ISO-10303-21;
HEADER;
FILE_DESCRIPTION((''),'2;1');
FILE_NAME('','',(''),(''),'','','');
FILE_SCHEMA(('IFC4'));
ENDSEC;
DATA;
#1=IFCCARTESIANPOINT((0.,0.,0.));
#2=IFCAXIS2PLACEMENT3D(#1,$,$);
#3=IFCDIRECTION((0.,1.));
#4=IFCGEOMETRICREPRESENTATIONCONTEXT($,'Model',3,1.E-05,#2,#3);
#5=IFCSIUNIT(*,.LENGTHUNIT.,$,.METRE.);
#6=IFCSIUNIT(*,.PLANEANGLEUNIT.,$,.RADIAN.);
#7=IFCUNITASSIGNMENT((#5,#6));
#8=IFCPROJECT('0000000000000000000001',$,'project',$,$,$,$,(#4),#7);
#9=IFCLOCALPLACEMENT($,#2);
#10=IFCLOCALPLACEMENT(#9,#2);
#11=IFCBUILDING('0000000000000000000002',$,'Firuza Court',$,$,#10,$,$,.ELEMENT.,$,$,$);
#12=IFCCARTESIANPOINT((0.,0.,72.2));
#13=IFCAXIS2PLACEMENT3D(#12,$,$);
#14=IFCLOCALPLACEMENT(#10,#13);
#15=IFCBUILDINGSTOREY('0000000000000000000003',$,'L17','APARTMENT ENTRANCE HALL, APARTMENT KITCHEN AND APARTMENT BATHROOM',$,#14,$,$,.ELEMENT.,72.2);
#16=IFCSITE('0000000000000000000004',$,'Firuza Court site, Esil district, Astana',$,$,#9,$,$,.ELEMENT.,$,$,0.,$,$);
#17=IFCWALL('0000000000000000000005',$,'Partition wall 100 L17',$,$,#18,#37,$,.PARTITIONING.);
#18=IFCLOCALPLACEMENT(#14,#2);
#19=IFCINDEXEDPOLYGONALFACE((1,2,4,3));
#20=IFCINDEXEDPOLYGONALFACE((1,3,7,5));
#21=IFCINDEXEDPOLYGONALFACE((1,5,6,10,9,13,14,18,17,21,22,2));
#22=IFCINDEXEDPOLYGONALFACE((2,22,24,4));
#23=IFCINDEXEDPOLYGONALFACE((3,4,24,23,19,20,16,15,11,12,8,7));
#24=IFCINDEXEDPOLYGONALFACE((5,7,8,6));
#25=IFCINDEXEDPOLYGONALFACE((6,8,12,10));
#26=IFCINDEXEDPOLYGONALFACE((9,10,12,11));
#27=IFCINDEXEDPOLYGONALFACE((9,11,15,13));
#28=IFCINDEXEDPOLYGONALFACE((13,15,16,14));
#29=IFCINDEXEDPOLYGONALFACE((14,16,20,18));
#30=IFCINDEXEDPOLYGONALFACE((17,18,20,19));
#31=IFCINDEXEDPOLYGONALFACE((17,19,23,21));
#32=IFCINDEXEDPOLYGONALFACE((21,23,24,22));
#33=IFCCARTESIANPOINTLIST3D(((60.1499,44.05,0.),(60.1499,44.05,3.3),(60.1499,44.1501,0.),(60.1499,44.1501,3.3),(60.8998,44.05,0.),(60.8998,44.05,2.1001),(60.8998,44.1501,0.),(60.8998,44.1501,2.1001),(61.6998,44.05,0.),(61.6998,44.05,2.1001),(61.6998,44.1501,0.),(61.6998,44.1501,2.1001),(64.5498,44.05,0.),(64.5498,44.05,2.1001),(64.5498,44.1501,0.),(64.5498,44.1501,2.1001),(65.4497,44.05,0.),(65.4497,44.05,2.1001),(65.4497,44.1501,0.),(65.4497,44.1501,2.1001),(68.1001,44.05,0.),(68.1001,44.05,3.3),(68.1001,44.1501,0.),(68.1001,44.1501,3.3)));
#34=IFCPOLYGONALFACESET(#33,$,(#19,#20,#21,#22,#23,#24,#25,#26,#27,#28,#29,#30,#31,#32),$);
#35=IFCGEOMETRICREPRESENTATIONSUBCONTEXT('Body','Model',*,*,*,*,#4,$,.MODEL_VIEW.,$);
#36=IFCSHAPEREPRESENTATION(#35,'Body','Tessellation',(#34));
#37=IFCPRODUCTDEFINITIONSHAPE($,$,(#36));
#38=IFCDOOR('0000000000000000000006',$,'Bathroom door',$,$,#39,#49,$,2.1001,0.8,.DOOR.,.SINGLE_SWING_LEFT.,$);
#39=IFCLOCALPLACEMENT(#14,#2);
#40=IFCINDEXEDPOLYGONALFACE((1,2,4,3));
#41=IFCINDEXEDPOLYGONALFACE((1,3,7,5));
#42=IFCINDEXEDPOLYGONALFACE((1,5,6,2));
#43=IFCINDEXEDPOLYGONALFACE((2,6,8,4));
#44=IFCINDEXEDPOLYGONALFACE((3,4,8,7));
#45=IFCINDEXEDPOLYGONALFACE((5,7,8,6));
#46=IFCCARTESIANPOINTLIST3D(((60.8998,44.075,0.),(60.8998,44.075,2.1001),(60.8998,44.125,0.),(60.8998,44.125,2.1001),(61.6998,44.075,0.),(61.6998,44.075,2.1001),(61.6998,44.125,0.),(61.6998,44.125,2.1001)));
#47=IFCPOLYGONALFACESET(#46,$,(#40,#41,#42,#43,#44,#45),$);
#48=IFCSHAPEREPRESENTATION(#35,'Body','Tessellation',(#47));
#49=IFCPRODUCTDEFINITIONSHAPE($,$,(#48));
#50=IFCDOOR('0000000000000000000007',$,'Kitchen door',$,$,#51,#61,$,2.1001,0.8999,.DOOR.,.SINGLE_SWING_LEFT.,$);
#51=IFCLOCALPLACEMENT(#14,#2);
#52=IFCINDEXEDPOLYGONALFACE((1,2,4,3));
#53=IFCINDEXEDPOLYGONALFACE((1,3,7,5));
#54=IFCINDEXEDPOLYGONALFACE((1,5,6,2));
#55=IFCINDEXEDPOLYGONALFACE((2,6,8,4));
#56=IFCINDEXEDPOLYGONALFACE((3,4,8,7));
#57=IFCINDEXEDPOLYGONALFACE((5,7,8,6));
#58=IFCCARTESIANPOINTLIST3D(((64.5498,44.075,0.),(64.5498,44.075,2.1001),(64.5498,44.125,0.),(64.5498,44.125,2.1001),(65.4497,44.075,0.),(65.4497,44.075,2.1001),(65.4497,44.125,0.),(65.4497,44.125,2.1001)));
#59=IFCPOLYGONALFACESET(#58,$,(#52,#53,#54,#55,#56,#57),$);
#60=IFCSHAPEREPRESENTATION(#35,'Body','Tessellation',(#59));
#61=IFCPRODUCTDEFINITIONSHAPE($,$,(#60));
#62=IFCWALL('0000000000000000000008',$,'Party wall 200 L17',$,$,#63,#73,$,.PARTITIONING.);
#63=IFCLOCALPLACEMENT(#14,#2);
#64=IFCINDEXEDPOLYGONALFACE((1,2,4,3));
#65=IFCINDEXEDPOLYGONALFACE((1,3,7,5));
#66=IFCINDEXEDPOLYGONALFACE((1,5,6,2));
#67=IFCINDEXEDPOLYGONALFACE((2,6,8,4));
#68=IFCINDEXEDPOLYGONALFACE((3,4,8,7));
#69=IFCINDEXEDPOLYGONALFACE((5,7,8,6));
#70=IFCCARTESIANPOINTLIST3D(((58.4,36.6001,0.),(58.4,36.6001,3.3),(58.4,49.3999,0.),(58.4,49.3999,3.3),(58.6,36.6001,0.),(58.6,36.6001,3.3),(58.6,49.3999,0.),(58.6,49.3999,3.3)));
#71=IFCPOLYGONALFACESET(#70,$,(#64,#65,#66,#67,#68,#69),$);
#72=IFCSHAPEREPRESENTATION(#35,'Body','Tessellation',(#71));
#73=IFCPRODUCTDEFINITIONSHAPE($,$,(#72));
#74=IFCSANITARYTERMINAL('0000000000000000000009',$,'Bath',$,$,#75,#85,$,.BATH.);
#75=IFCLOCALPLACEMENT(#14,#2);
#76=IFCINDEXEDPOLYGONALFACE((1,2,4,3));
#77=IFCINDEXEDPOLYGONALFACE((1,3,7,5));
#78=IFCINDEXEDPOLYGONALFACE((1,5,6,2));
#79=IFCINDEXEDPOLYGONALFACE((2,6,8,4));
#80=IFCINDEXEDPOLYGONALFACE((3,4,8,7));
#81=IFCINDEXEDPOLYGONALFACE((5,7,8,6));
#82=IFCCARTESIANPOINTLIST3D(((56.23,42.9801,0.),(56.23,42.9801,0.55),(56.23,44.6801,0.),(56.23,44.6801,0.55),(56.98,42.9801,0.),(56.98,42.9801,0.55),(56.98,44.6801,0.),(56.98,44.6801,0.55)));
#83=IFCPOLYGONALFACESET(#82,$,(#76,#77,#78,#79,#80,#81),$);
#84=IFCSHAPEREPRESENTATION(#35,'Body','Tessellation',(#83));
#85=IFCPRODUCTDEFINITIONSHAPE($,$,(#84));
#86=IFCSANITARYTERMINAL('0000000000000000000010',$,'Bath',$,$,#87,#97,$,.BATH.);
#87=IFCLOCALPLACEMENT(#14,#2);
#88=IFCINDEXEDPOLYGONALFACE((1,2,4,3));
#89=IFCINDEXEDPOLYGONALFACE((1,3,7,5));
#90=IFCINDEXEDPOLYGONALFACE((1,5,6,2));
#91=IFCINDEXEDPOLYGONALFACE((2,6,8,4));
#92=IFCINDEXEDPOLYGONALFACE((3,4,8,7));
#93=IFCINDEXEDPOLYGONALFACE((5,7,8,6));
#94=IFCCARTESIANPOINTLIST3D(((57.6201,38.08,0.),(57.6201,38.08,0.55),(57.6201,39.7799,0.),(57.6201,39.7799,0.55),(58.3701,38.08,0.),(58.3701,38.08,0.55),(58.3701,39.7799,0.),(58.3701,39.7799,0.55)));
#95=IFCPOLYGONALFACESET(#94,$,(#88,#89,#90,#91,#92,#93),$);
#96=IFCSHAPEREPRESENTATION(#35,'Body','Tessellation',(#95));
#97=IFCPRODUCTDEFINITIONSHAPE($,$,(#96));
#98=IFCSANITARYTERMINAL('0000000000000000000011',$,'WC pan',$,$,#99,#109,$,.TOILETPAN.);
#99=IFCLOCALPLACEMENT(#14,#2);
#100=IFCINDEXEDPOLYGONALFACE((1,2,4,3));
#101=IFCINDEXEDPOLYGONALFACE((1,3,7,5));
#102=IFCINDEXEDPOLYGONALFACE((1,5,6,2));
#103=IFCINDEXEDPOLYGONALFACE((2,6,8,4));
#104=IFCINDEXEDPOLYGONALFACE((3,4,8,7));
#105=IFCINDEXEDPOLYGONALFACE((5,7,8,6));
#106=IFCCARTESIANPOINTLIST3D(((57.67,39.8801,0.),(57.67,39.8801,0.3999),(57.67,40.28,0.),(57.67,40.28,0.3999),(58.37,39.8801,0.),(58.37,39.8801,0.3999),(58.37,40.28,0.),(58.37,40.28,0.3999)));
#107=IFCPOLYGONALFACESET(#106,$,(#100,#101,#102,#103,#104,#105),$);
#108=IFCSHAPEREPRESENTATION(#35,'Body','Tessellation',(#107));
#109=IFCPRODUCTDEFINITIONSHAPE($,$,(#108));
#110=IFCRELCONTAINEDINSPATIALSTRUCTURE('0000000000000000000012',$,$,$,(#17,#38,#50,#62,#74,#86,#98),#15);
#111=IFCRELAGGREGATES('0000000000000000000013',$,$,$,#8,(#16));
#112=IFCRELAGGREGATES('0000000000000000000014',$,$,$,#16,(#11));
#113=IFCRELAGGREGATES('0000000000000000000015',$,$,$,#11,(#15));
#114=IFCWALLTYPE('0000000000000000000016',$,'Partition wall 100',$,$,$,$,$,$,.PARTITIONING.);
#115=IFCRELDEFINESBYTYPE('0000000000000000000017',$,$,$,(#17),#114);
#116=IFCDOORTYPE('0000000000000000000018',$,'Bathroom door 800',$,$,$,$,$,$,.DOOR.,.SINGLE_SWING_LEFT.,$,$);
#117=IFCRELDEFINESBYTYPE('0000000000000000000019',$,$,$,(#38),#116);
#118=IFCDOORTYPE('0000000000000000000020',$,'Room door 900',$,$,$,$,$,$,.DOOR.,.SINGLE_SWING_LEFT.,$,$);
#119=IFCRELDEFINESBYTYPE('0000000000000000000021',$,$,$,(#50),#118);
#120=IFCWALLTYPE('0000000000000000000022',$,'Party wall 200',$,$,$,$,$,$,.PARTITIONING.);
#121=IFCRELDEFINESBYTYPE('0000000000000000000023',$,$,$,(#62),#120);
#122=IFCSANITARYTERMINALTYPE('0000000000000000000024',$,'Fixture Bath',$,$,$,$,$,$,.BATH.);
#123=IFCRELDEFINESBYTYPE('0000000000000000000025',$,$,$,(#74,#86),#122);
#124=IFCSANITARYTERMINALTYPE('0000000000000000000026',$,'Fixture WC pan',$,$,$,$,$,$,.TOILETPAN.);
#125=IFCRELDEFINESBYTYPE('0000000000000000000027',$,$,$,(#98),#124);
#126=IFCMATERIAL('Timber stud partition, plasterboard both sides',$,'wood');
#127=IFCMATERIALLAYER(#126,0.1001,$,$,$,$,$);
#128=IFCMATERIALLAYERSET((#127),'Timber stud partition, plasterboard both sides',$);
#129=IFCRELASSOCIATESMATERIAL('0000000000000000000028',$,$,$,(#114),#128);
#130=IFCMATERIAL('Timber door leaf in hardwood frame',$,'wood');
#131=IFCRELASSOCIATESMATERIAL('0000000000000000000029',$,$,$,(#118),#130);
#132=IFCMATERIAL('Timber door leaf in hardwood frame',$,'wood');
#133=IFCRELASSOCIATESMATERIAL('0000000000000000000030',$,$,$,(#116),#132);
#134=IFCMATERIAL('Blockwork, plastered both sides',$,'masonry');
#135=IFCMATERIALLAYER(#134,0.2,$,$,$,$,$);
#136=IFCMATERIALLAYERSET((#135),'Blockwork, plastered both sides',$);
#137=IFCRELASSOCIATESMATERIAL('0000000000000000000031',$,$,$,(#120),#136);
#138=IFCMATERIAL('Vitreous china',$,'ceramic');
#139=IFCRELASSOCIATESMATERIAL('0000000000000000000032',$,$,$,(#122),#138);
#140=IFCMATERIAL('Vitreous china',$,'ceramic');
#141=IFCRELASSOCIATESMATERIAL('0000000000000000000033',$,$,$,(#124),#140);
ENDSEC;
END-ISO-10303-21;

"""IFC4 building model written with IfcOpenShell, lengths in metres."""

from ifc_helpers import new_model, si_unit, direction, frame, frame_2d, origin, origin_2d, place, context, subcontext, project, spatial, rectangle, extrude, material, layer, layer_set, type_object, element, fill, save


model = new_model("IFC4")

# Units and contexts
model_context = context("Model", 3, precision=1e-05, world=origin(), true_north=direction((0.0, 1.0)))
body_context = subcontext(model_context, "Body", "Model", "MODEL_VIEW")
ifc_project = project(units=[si_unit("LENGTHUNIT", "METRE"), si_unit("PLANEANGLEUNIT", "RADIAN")], contexts=[model_context])

# Site, building, storey
site_placement = place(None, origin())
site = spatial("IfcSite", under=ifc_project, at=site_placement, Name="Firuza Court site, Esil district, Astana", CompositionType="ELEMENT", RefElevation=0.0)
building_placement = place(site_placement, origin())
building = spatial("IfcBuilding", under=site, at=building_placement, Name="Firuza Court", CompositionType="ELEMENT")
storey_placement = place(building_placement, frame((0.0, 0.0, 72.2)))
storey = spatial("IfcBuildingStorey", under=building, at=storey_placement, Name="L17", Description="APARTMENT ENTRANCE HALL, APARTMENT KITCHEN AND APARTMENT BATHROOM", CompositionType="ELEMENT", Elevation=72.2)

# Wall, openings, doors
ifc_material_1 = material(Name="Timber stud partition, plasterboard both sides", Category="wood")
ifc_layer_1 = layer(ifc_material_1, 0.1001)
ifc_layer_set_1 = layer_set([ifc_layer_1], Name="Timber stud partition, plasterboard both sides")
wall_type_1 = type_object("IfcWallType", Name="Partition wall 100", PredefinedType="PARTITIONING", material=ifc_layer_set_1)
ifc_material_2 = material(Name="Timber door leaf in hardwood frame", Category="wood")
door_type_1 = type_object("IfcDoorType", Name="Room door 900", OperationType="SINGLE_SWING_LEFT", PredefinedType="DOOR", material=ifc_material_2)
wall_1_placement = place(storey_placement, frame((60.1499, 44.1001, 0.0), z_axis=(0.0, 0.0, 1.0), x_axis=(1.0, 0.0, 0.0)))
wall_1 = element("IfcWall", 1, at=wall_1_placement, inside=storey, type_object=wall_type_1, Name="Partition wall 100 L17", PredefinedType="PARTITIONING", context=body_context, shape_type="SweptSolid", body=[
    extrude(rectangle(XDim=7.9502, YDim=0.1001, at=frame_2d((3.9751, 0.0))), origin(), (0.0, 0.0, 1.0), 3.3),
])
opening_1_placement = place(wall_1_placement, frame((0.75, 0.0, 0.0)))
opening_1 = element("IfcOpeningElement", 2, at=opening_1_placement, cuts=wall_1, PredefinedType="OPENING", context=body_context, shape_type="SweptSolid", body=[
    extrude(rectangle(XDim=0.8, YDim=2.1001, at=frame_2d((0.3999, 1.05))), frame((0.0, 0.062, 0.0), z_axis=(0.0, -1.0, 0.0), x_axis=(1.0, 0.0, 0.0)), (0.0, 0.0, 1.0), 0.124),
])
opening_2_placement = place(wall_1_placement, frame((4.3999, 0.0, 0.0)))
opening_2 = element("IfcOpeningElement", 3, at=opening_2_placement, cuts=wall_1, PredefinedType="OPENING", context=body_context, shape_type="SweptSolid", body=[
    extrude(rectangle(XDim=0.8999, YDim=2.1001, at=frame_2d((0.45, 1.05))), frame((0.0, 0.062, 0.0), z_axis=(0.0, -1.0, 0.0), x_axis=(1.0, 0.0, 0.0)), (0.0, 0.0, 1.0), 0.124),
])
ifc_material_3 = material(Name="Timber door leaf in hardwood frame", Category="wood")
door_type_2 = type_object("IfcDoorType", Name="Bathroom door 800", OperationType="SINGLE_SWING_LEFT", PredefinedType="DOOR", material=ifc_material_3)
door_1_placement = place(opening_1_placement, origin())
door_1 = element("IfcDoor", 4, at=door_1_placement, inside=storey, type_object=door_type_2, Name="Bathroom door", OperationType="SINGLE_SWING_LEFT", OverallHeight=2.1001, OverallWidth=0.8, PredefinedType="DOOR", context=body_context, shape_type="SweptSolid", body=[
    extrude(rectangle(XDim=0.8, YDim=2.1001, at=frame_2d((0.3999, 1.05))), frame((0.0, 0.0249, 0.0), z_axis=(0.0, -1.0, 0.0), x_axis=(1.0, 0.0, 0.0)), (0.0, 0.0, 1.0), 0.05),
])
fill(opening_1, door_1)
door_2_placement = place(opening_2_placement, origin())
door_2 = element("IfcDoor", 5, at=door_2_placement, inside=storey, type_object=door_type_1, Name="Kitchen door", OperationType="SINGLE_SWING_LEFT", OverallHeight=2.1001, OverallWidth=0.8999, PredefinedType="DOOR", context=body_context, shape_type="SweptSolid", body=[
    extrude(rectangle(XDim=0.8999, YDim=2.1001, at=frame_2d((0.45, 1.05))), frame((0.0, 0.0249, 0.0), z_axis=(0.0, -1.0, 0.0), x_axis=(1.0, 0.0, 0.0)), (0.0, 0.0, 1.0), 0.05),
])
fill(opening_2, door_2)

# Wall
ifc_material_4 = material(Name="Blockwork, plastered both sides", Category="masonry")
ifc_layer_2 = layer(ifc_material_4, 0.2)
ifc_layer_set_2 = layer_set([ifc_layer_2], Name="Blockwork, plastered both sides")
wall_type_2 = type_object("IfcWallType", Name="Party wall 200", PredefinedType="PARTITIONING", material=ifc_layer_set_2)
wall_2_placement = place(storey_placement, frame((58.5, 36.6001, 0.0), z_axis=(0.0, 0.0, 1.0), x_axis=(0.0, 1.0, 0.0)))
element("IfcWall", 6, at=wall_2_placement, inside=storey, type_object=wall_type_2, Name="Party wall 200 L17", PredefinedType="PARTITIONING", context=body_context, shape_type="SweptSolid", body=[
    extrude(rectangle(XDim=12.7998, YDim=0.2, at=frame_2d((6.3999, 0.0))), origin(), (0.0, 0.0, 1.0), 3.3),
])

# Sanitary terminals
ifc_material_5 = material(Name="Vitreous china", Category="ceramic")
sanitary_terminal_type_1 = type_object("IfcSanitaryTerminalType", Name="Fixture Bath", PredefinedType="BATH", material=ifc_material_5)
for number, where, z_axis, x_axis, name in (
    (7, (56.605, 43.8301, 0.0), (0.0, 0.0, 1.0), (1.0, 0.0, 0.0), "Bath"),
    (8, (57.9951, 38.9299, 0.0), (0.0, 0.0, 1.0), (1.0, 0.0, 0.0), "Bath"),
):
    element("IfcSanitaryTerminal", number, at=place(storey_placement, frame(where, z_axis=z_axis, x_axis=x_axis)), inside=storey, type_object=sanitary_terminal_type_1, Name=name, PredefinedType="BATH", context=body_context, shape_type="SweptSolid", body=[
        extrude(rectangle(XDim=0.75, YDim=1.7, at=origin_2d()), origin(), (0.0, 0.0, 1.0), 0.55),
    ])
ifc_material_6 = material(Name="Vitreous china", Category="ceramic")
sanitary_terminal_type_2 = type_object("IfcSanitaryTerminalType", Name="Fixture WC pan", PredefinedType="TOILETPAN", material=ifc_material_6)
sanitary_terminal_placement = place(storey_placement, frame((58.02, 40.0801, 0.0), z_axis=(0.0, 0.0, 1.0), x_axis=(1.0, 0.0, 0.0)))
element("IfcSanitaryTerminal", 9, at=sanitary_terminal_placement, inside=storey, type_object=sanitary_terminal_type_2, Name="WC pan", PredefinedType="TOILETPAN", context=body_context, shape_type="SweptSolid", body=[
    extrude(rectangle(XDim=0.7, YDim=0.3999, at=origin_2d()), origin(), (0.0, 0.0, 1.0), 0.3999),
])

save(model, "model.ifc")
